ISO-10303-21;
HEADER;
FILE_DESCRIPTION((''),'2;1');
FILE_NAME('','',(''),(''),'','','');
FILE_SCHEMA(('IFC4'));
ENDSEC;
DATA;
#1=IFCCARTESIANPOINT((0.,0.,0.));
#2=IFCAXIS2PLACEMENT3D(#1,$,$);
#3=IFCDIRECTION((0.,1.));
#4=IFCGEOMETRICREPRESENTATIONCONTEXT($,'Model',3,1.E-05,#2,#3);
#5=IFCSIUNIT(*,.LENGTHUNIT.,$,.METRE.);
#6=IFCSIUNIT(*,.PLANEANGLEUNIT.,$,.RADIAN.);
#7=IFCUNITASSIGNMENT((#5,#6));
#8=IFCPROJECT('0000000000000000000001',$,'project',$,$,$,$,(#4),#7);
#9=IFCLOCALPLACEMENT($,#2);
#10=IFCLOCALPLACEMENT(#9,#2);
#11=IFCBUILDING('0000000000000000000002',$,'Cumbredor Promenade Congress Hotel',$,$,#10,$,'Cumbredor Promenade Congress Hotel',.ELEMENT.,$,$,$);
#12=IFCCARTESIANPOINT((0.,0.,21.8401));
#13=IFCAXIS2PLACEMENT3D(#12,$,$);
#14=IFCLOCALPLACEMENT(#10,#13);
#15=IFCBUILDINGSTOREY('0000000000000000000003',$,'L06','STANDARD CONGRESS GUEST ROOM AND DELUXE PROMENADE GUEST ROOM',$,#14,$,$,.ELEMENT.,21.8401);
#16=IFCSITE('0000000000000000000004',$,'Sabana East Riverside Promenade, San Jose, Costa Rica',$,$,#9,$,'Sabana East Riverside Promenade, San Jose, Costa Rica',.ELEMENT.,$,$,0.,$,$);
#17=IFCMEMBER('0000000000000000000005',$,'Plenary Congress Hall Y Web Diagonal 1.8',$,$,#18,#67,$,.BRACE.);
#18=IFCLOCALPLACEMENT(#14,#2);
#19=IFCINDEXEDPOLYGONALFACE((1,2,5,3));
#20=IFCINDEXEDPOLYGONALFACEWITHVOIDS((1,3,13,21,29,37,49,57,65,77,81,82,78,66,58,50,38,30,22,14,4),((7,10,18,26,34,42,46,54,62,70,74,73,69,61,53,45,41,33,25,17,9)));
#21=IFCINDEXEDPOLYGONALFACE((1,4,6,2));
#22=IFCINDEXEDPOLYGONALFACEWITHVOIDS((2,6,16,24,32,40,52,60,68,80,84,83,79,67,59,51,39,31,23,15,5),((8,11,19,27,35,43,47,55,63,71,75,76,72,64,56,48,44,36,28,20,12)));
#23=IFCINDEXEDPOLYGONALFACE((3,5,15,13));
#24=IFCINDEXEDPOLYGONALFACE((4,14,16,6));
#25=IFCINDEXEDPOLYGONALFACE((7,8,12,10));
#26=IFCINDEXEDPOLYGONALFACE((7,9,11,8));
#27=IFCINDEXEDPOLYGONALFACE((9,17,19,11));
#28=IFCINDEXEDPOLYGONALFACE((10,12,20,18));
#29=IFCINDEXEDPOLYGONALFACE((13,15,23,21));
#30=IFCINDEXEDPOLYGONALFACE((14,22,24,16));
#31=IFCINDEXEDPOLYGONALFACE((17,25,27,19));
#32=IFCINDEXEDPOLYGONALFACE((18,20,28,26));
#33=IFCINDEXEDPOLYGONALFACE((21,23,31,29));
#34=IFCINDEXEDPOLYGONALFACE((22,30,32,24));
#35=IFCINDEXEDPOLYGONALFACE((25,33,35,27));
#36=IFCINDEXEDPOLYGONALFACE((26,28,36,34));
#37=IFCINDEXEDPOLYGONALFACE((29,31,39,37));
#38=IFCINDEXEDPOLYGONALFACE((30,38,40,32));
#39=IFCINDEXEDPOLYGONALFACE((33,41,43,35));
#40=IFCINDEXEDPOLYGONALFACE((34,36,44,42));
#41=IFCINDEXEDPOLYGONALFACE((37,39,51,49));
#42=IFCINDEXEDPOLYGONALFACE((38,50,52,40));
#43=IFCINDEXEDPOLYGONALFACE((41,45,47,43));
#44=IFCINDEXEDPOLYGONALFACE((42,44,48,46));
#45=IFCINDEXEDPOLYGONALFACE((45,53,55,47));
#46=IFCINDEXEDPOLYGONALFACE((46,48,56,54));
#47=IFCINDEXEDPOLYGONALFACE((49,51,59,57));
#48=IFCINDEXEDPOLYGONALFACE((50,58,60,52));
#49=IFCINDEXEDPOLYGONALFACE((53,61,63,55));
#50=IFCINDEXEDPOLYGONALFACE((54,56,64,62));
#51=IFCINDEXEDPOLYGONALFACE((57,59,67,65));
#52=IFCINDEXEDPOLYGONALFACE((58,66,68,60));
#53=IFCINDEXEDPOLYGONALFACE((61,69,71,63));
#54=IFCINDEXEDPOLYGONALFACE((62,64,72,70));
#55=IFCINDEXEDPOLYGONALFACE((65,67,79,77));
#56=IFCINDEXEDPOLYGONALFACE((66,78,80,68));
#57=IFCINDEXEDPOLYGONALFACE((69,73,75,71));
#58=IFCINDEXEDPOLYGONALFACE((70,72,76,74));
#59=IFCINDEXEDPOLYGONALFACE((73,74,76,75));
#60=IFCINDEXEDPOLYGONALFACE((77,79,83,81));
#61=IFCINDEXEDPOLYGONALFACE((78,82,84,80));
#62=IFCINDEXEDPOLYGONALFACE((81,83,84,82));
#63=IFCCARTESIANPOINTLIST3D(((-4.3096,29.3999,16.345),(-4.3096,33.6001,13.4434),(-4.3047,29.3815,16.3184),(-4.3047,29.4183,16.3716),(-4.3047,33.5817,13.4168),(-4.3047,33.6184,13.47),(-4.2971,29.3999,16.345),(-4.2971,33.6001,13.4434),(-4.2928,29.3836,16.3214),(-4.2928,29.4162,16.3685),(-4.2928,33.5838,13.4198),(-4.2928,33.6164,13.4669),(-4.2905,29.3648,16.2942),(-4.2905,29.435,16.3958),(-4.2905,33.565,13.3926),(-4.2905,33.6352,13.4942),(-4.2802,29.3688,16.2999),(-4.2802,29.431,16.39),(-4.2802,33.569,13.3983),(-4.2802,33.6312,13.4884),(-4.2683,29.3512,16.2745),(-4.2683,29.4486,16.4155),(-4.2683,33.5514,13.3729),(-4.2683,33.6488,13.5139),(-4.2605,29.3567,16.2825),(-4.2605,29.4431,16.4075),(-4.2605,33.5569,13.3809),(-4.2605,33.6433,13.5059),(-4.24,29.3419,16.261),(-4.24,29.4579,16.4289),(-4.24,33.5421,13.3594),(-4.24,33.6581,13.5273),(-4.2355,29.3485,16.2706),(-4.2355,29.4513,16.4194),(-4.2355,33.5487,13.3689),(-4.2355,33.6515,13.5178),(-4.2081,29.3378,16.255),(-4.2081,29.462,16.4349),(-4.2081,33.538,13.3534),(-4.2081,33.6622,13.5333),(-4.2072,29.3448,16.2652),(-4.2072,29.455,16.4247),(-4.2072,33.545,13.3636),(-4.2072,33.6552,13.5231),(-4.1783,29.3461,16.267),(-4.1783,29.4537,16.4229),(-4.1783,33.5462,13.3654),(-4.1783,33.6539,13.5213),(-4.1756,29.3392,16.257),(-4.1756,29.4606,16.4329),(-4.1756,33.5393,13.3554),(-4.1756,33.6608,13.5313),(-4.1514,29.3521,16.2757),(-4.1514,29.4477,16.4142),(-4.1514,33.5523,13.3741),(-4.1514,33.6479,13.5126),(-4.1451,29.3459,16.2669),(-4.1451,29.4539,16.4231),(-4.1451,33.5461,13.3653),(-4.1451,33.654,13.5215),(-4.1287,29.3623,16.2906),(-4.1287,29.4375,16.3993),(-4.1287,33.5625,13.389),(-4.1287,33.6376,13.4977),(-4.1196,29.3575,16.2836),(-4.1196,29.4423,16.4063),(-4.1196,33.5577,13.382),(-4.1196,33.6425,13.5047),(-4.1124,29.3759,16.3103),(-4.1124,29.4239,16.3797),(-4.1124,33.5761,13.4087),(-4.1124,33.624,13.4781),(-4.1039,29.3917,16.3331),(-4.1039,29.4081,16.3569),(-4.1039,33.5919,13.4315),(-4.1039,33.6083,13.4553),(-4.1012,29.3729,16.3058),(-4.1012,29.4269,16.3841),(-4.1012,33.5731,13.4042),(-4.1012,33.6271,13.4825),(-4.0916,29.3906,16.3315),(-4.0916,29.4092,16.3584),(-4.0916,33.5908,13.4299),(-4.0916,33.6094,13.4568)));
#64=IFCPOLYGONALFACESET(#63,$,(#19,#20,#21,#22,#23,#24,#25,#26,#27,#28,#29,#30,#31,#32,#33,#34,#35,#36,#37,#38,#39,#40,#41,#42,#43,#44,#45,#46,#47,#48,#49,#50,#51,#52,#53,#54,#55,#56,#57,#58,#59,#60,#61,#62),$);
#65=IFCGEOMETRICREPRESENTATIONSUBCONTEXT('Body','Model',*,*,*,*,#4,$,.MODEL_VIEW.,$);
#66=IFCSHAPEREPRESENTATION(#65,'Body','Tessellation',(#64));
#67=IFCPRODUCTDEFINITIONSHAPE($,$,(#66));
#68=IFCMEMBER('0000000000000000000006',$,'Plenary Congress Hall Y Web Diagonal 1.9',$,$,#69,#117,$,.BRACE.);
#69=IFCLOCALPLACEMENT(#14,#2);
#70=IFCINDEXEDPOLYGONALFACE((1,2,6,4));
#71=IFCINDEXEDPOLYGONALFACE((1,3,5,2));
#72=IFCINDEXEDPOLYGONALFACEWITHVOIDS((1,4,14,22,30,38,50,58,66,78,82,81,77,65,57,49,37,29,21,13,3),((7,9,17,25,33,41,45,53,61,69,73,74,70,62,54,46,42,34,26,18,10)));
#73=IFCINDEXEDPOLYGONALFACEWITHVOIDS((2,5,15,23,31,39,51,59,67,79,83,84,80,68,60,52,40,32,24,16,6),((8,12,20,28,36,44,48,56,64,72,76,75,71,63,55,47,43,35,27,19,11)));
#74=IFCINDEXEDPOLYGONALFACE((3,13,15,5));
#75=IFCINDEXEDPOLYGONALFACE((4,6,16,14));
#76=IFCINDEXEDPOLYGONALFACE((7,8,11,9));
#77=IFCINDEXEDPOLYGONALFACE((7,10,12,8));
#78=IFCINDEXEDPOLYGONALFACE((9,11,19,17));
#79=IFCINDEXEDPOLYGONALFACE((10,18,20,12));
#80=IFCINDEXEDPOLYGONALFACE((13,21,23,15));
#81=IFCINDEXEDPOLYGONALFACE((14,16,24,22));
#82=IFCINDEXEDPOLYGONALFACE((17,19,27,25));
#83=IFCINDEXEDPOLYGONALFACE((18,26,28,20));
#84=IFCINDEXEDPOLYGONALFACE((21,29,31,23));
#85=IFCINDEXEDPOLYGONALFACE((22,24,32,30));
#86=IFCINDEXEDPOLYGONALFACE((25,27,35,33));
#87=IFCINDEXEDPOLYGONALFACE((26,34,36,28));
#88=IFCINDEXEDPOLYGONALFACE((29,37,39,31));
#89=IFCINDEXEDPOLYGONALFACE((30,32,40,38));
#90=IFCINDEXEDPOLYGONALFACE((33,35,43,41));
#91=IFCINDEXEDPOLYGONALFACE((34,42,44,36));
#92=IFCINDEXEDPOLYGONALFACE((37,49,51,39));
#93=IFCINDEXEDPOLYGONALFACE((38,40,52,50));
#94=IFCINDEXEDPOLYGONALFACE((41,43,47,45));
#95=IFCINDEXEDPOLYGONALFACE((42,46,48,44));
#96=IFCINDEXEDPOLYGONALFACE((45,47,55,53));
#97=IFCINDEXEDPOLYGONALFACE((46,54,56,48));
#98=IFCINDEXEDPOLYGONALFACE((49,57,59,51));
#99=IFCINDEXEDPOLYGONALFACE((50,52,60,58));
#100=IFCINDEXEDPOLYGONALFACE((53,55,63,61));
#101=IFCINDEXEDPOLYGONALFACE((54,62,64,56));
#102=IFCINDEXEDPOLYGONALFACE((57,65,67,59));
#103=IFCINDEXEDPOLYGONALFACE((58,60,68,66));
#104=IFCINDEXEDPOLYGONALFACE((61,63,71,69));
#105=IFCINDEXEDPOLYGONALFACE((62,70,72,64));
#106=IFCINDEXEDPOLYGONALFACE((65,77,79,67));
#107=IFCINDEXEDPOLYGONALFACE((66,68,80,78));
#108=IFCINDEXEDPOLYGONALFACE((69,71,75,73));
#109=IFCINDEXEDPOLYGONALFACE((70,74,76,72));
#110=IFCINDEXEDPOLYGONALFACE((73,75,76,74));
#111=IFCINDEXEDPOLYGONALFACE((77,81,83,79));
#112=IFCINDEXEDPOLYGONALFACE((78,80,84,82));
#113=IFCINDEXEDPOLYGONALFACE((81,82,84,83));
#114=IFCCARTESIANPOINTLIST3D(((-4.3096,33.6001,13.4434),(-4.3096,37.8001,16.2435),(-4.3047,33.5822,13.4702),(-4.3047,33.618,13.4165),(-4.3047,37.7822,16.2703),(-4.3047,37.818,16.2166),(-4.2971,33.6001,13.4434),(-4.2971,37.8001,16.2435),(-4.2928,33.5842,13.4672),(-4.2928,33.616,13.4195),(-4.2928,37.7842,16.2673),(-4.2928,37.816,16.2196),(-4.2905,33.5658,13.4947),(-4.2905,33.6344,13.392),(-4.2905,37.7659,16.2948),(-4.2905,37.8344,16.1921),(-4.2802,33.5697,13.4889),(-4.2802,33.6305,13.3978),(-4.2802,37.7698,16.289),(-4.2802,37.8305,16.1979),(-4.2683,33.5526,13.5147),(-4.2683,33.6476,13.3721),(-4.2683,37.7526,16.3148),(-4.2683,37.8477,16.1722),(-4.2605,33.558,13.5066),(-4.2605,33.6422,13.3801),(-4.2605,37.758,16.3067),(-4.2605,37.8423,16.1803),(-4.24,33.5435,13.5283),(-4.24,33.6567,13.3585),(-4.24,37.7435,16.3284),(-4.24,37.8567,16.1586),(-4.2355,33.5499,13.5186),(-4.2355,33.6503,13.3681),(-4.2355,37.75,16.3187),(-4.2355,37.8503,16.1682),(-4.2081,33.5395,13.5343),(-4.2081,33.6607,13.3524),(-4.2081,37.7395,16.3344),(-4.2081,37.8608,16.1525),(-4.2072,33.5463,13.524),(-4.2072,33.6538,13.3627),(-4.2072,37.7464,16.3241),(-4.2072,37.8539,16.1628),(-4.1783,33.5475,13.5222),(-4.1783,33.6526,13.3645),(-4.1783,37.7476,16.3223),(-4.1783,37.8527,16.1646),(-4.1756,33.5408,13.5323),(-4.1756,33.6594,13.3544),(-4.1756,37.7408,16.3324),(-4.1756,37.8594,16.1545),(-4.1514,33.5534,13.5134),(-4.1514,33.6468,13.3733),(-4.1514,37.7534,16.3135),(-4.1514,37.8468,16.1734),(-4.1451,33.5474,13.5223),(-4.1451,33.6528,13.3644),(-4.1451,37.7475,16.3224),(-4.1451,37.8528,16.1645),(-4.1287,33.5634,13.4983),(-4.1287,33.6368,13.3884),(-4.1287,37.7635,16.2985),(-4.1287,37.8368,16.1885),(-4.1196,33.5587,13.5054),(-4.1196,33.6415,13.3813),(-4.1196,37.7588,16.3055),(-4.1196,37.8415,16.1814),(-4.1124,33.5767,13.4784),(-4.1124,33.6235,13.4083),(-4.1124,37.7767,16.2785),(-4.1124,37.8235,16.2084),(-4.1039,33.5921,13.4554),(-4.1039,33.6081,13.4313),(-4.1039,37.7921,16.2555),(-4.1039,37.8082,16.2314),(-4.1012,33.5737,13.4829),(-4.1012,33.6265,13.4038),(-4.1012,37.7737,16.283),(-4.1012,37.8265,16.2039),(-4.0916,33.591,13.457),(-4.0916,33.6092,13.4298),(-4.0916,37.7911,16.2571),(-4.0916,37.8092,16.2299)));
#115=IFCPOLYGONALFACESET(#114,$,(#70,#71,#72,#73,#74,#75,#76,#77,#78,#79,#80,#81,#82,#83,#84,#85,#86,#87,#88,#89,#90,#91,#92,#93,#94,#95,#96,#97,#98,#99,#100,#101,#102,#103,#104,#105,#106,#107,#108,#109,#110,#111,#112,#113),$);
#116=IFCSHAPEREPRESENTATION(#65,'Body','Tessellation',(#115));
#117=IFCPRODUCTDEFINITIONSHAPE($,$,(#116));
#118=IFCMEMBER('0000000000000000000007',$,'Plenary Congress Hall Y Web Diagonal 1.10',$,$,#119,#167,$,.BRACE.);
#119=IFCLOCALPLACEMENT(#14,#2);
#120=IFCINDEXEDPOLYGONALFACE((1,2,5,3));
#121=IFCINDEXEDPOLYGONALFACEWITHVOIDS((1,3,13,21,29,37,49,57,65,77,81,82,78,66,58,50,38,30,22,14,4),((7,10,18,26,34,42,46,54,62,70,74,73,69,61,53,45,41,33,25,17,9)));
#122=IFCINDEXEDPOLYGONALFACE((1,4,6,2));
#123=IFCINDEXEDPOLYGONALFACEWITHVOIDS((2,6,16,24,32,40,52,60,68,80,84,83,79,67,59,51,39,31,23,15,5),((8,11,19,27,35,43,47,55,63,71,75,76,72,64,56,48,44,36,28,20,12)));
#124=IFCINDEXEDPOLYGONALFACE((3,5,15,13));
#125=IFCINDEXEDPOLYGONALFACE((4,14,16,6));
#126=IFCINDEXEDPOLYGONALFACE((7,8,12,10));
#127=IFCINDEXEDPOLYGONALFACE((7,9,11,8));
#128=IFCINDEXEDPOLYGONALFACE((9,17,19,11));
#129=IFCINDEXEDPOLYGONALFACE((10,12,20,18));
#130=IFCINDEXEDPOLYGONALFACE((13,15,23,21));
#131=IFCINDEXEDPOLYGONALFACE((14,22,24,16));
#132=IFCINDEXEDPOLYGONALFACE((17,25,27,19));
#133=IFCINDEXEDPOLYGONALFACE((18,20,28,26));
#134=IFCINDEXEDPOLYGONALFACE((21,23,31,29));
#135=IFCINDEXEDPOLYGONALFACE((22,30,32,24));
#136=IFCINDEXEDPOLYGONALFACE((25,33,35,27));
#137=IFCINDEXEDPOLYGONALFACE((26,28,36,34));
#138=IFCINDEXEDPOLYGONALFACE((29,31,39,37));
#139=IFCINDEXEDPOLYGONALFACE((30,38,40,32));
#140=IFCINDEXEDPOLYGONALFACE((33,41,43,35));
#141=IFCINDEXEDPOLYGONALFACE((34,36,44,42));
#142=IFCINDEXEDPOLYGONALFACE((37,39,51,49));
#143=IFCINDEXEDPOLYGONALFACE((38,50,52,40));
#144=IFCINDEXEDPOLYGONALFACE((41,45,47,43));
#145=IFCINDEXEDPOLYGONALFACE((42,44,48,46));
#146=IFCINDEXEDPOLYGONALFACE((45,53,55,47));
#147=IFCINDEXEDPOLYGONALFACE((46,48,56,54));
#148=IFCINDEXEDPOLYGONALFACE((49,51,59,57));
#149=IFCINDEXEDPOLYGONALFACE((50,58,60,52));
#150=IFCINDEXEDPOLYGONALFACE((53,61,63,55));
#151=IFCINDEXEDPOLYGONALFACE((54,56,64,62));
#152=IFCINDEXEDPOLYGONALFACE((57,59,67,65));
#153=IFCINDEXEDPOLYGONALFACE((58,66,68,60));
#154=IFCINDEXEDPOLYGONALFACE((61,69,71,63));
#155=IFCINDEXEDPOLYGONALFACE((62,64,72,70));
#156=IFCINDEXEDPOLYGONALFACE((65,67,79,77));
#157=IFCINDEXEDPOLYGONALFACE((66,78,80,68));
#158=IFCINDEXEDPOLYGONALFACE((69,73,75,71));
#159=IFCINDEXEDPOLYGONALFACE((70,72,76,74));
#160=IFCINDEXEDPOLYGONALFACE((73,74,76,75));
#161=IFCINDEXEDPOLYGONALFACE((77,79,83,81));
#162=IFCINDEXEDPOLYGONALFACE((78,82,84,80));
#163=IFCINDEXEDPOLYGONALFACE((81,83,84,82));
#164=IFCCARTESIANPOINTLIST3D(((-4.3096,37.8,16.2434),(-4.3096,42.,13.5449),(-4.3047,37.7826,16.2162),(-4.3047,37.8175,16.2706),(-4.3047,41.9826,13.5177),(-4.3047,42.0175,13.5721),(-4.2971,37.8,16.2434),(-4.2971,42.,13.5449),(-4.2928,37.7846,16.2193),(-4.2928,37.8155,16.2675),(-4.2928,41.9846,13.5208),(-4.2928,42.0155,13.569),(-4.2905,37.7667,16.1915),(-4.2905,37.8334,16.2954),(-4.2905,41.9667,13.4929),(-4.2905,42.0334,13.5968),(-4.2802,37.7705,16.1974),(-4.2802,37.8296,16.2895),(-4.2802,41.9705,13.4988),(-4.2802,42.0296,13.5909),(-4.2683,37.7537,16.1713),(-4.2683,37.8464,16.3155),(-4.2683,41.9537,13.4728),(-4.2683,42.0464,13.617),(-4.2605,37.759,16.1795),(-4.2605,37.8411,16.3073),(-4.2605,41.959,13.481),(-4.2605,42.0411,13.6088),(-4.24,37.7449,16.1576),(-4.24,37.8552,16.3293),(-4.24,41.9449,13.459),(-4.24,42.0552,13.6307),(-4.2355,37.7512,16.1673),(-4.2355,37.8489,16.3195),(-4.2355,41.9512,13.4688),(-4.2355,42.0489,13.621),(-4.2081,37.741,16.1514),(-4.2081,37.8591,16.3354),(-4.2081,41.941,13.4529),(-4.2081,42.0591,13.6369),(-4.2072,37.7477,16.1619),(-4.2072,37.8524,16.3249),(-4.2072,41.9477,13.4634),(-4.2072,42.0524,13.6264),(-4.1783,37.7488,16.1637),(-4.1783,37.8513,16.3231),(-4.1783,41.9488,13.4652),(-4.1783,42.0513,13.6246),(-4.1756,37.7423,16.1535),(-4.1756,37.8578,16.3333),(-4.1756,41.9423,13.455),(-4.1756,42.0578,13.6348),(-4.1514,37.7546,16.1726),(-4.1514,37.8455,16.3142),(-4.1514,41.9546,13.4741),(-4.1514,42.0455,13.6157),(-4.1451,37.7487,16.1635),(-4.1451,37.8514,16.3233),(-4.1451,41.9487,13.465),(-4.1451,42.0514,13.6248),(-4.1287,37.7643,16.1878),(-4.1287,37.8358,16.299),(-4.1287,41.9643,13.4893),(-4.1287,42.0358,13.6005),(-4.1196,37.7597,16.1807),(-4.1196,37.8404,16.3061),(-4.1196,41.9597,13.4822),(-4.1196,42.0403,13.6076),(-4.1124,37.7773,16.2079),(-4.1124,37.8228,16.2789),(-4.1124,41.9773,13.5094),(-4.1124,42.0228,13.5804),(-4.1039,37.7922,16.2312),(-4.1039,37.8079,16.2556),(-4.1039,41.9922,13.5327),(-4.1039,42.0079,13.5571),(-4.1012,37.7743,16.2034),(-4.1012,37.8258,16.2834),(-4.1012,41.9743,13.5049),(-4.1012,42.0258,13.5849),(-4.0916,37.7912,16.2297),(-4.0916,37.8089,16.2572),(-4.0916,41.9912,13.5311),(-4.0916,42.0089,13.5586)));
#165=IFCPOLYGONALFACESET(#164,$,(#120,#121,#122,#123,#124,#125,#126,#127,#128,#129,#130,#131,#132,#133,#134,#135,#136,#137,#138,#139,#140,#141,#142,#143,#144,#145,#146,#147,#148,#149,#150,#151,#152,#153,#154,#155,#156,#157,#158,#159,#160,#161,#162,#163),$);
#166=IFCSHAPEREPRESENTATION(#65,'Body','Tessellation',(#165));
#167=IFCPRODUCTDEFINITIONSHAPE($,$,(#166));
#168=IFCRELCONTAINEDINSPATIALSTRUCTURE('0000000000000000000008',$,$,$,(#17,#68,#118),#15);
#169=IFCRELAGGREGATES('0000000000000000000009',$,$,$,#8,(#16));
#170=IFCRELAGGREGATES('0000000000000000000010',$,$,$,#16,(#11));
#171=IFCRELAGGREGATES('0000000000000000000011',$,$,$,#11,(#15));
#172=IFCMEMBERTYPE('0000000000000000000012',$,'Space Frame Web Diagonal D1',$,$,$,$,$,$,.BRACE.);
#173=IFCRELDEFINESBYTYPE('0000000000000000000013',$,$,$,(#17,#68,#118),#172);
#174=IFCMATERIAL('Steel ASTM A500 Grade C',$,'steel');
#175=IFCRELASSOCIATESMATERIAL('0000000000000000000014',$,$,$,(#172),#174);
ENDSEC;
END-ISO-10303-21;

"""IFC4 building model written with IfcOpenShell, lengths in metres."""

from ifc_helpers import new_model, si_unit, direction, frame, origin, origin_2d, place, context, subcontext, project, spatial, hollow_circle, extrude, material, material_profile, profile_set, type_object, element, save


model = new_model("IFC4")

# Units and contexts
model_context = context("Model", 3, precision=1e-05, world=origin(), true_north=direction((0.0, 1.0)))
body_context = subcontext(model_context, "Body", "Model", "MODEL_VIEW")
ifc_project = project(units=[si_unit("LENGTHUNIT", "METRE"), si_unit("PLANEANGLEUNIT", "RADIAN")], contexts=[model_context])

# Site, building, storey
site_placement = place(None, origin())
site = spatial("IfcSite", under=ifc_project, at=site_placement, Name="Sabana East Riverside Promenade, San Jose, Costa Rica", LongName="Sabana East Riverside Promenade, San Jose, Costa Rica", CompositionType="ELEMENT", RefElevation=0.0)
building_placement = place(site_placement, origin())
building = spatial("IfcBuilding", under=site, at=building_placement, Name="Cumbredor Promenade Congress Hotel", LongName="Cumbredor Promenade Congress Hotel", CompositionType="ELEMENT")
storey_placement = place(building_placement, frame((0.0, 0.0, 21.8401)))
storey = spatial("IfcBuildingStorey", under=building, at=storey_placement, Name="L06", Description="STANDARD CONGRESS GUEST ROOM AND DELUXE PROMENADE GUEST ROOM", CompositionType="ELEMENT", Elevation=21.8401)

# Members
ifc_material_1 = material(Name="Steel ASTM A500 Grade C", Category="steel")
ifc_material_profile_1 = material_profile(ifc_material_1, hollow_circle(Radius=0.1096, WallThickness=0.0125, at=origin_2d()), Name="CHS 219.1x12.5")
ifc_profile_set_1 = profile_set([ifc_material_profile_1], Name="Steel ASTM A500 Grade C")
member_type_1 = type_object("IfcMemberType", Name="Space Frame Web Diagonal D1", PredefinedType="BRACE", material=ifc_profile_set_1)
member_1_placement = place(storey_placement, frame((-4.2, 29.3999, 16.345), z_axis=(0.0, 0.822762, -0.568387), x_axis=(-1.0, 0.0, 0.0)))
element("IfcMember", 1, at=member_1_placement, inside=storey, type_object=member_type_1, Name="Plenary Congress Hall Y Web Diagonal 1.8", PredefinedType="BRACE", context=body_context, shape_type="SweptSolid", body=[
    extrude(hollow_circle(Radius=0.1096, WallThickness=0.0125, at=origin_2d()), origin(), (0.0, 0.0, 1.0), 5.105),
])
member_2_placement = place(storey_placement, frame((-4.2, 33.6001, 13.4434), z_axis=(0.0, 0.832043, 0.554711), x_axis=(-1.0, 0.0, 0.0)))
element("IfcMember", 2, at=member_2_placement, inside=storey, type_object=member_type_1, Name="Plenary Congress Hall Y Web Diagonal 1.9", PredefinedType="BRACE", context=body_context, shape_type="SweptSolid", body=[
    extrude(hollow_circle(Radius=0.1096, WallThickness=0.0125, at=origin_2d()), origin(), (0.0, 0.0, 1.0), 5.0479),
])
member_3_placement = place(storey_placement, frame((-4.2, 37.8, 16.2434), z_axis=(0.0, 0.841314, -0.540547), x_axis=(-1.0, 0.0, 0.0)))
element("IfcMember", 3, at=member_3_placement, inside=storey, type_object=member_type_1, Name="Plenary Congress Hall Y Web Diagonal 1.10", PredefinedType="BRACE", context=body_context, shape_type="SweptSolid", body=[
    extrude(hollow_circle(Radius=0.1096, WallThickness=0.0125, at=origin_2d()), origin(), (0.0, 0.0, 1.0), 4.9922),
])

save(model, "model.ifc")
